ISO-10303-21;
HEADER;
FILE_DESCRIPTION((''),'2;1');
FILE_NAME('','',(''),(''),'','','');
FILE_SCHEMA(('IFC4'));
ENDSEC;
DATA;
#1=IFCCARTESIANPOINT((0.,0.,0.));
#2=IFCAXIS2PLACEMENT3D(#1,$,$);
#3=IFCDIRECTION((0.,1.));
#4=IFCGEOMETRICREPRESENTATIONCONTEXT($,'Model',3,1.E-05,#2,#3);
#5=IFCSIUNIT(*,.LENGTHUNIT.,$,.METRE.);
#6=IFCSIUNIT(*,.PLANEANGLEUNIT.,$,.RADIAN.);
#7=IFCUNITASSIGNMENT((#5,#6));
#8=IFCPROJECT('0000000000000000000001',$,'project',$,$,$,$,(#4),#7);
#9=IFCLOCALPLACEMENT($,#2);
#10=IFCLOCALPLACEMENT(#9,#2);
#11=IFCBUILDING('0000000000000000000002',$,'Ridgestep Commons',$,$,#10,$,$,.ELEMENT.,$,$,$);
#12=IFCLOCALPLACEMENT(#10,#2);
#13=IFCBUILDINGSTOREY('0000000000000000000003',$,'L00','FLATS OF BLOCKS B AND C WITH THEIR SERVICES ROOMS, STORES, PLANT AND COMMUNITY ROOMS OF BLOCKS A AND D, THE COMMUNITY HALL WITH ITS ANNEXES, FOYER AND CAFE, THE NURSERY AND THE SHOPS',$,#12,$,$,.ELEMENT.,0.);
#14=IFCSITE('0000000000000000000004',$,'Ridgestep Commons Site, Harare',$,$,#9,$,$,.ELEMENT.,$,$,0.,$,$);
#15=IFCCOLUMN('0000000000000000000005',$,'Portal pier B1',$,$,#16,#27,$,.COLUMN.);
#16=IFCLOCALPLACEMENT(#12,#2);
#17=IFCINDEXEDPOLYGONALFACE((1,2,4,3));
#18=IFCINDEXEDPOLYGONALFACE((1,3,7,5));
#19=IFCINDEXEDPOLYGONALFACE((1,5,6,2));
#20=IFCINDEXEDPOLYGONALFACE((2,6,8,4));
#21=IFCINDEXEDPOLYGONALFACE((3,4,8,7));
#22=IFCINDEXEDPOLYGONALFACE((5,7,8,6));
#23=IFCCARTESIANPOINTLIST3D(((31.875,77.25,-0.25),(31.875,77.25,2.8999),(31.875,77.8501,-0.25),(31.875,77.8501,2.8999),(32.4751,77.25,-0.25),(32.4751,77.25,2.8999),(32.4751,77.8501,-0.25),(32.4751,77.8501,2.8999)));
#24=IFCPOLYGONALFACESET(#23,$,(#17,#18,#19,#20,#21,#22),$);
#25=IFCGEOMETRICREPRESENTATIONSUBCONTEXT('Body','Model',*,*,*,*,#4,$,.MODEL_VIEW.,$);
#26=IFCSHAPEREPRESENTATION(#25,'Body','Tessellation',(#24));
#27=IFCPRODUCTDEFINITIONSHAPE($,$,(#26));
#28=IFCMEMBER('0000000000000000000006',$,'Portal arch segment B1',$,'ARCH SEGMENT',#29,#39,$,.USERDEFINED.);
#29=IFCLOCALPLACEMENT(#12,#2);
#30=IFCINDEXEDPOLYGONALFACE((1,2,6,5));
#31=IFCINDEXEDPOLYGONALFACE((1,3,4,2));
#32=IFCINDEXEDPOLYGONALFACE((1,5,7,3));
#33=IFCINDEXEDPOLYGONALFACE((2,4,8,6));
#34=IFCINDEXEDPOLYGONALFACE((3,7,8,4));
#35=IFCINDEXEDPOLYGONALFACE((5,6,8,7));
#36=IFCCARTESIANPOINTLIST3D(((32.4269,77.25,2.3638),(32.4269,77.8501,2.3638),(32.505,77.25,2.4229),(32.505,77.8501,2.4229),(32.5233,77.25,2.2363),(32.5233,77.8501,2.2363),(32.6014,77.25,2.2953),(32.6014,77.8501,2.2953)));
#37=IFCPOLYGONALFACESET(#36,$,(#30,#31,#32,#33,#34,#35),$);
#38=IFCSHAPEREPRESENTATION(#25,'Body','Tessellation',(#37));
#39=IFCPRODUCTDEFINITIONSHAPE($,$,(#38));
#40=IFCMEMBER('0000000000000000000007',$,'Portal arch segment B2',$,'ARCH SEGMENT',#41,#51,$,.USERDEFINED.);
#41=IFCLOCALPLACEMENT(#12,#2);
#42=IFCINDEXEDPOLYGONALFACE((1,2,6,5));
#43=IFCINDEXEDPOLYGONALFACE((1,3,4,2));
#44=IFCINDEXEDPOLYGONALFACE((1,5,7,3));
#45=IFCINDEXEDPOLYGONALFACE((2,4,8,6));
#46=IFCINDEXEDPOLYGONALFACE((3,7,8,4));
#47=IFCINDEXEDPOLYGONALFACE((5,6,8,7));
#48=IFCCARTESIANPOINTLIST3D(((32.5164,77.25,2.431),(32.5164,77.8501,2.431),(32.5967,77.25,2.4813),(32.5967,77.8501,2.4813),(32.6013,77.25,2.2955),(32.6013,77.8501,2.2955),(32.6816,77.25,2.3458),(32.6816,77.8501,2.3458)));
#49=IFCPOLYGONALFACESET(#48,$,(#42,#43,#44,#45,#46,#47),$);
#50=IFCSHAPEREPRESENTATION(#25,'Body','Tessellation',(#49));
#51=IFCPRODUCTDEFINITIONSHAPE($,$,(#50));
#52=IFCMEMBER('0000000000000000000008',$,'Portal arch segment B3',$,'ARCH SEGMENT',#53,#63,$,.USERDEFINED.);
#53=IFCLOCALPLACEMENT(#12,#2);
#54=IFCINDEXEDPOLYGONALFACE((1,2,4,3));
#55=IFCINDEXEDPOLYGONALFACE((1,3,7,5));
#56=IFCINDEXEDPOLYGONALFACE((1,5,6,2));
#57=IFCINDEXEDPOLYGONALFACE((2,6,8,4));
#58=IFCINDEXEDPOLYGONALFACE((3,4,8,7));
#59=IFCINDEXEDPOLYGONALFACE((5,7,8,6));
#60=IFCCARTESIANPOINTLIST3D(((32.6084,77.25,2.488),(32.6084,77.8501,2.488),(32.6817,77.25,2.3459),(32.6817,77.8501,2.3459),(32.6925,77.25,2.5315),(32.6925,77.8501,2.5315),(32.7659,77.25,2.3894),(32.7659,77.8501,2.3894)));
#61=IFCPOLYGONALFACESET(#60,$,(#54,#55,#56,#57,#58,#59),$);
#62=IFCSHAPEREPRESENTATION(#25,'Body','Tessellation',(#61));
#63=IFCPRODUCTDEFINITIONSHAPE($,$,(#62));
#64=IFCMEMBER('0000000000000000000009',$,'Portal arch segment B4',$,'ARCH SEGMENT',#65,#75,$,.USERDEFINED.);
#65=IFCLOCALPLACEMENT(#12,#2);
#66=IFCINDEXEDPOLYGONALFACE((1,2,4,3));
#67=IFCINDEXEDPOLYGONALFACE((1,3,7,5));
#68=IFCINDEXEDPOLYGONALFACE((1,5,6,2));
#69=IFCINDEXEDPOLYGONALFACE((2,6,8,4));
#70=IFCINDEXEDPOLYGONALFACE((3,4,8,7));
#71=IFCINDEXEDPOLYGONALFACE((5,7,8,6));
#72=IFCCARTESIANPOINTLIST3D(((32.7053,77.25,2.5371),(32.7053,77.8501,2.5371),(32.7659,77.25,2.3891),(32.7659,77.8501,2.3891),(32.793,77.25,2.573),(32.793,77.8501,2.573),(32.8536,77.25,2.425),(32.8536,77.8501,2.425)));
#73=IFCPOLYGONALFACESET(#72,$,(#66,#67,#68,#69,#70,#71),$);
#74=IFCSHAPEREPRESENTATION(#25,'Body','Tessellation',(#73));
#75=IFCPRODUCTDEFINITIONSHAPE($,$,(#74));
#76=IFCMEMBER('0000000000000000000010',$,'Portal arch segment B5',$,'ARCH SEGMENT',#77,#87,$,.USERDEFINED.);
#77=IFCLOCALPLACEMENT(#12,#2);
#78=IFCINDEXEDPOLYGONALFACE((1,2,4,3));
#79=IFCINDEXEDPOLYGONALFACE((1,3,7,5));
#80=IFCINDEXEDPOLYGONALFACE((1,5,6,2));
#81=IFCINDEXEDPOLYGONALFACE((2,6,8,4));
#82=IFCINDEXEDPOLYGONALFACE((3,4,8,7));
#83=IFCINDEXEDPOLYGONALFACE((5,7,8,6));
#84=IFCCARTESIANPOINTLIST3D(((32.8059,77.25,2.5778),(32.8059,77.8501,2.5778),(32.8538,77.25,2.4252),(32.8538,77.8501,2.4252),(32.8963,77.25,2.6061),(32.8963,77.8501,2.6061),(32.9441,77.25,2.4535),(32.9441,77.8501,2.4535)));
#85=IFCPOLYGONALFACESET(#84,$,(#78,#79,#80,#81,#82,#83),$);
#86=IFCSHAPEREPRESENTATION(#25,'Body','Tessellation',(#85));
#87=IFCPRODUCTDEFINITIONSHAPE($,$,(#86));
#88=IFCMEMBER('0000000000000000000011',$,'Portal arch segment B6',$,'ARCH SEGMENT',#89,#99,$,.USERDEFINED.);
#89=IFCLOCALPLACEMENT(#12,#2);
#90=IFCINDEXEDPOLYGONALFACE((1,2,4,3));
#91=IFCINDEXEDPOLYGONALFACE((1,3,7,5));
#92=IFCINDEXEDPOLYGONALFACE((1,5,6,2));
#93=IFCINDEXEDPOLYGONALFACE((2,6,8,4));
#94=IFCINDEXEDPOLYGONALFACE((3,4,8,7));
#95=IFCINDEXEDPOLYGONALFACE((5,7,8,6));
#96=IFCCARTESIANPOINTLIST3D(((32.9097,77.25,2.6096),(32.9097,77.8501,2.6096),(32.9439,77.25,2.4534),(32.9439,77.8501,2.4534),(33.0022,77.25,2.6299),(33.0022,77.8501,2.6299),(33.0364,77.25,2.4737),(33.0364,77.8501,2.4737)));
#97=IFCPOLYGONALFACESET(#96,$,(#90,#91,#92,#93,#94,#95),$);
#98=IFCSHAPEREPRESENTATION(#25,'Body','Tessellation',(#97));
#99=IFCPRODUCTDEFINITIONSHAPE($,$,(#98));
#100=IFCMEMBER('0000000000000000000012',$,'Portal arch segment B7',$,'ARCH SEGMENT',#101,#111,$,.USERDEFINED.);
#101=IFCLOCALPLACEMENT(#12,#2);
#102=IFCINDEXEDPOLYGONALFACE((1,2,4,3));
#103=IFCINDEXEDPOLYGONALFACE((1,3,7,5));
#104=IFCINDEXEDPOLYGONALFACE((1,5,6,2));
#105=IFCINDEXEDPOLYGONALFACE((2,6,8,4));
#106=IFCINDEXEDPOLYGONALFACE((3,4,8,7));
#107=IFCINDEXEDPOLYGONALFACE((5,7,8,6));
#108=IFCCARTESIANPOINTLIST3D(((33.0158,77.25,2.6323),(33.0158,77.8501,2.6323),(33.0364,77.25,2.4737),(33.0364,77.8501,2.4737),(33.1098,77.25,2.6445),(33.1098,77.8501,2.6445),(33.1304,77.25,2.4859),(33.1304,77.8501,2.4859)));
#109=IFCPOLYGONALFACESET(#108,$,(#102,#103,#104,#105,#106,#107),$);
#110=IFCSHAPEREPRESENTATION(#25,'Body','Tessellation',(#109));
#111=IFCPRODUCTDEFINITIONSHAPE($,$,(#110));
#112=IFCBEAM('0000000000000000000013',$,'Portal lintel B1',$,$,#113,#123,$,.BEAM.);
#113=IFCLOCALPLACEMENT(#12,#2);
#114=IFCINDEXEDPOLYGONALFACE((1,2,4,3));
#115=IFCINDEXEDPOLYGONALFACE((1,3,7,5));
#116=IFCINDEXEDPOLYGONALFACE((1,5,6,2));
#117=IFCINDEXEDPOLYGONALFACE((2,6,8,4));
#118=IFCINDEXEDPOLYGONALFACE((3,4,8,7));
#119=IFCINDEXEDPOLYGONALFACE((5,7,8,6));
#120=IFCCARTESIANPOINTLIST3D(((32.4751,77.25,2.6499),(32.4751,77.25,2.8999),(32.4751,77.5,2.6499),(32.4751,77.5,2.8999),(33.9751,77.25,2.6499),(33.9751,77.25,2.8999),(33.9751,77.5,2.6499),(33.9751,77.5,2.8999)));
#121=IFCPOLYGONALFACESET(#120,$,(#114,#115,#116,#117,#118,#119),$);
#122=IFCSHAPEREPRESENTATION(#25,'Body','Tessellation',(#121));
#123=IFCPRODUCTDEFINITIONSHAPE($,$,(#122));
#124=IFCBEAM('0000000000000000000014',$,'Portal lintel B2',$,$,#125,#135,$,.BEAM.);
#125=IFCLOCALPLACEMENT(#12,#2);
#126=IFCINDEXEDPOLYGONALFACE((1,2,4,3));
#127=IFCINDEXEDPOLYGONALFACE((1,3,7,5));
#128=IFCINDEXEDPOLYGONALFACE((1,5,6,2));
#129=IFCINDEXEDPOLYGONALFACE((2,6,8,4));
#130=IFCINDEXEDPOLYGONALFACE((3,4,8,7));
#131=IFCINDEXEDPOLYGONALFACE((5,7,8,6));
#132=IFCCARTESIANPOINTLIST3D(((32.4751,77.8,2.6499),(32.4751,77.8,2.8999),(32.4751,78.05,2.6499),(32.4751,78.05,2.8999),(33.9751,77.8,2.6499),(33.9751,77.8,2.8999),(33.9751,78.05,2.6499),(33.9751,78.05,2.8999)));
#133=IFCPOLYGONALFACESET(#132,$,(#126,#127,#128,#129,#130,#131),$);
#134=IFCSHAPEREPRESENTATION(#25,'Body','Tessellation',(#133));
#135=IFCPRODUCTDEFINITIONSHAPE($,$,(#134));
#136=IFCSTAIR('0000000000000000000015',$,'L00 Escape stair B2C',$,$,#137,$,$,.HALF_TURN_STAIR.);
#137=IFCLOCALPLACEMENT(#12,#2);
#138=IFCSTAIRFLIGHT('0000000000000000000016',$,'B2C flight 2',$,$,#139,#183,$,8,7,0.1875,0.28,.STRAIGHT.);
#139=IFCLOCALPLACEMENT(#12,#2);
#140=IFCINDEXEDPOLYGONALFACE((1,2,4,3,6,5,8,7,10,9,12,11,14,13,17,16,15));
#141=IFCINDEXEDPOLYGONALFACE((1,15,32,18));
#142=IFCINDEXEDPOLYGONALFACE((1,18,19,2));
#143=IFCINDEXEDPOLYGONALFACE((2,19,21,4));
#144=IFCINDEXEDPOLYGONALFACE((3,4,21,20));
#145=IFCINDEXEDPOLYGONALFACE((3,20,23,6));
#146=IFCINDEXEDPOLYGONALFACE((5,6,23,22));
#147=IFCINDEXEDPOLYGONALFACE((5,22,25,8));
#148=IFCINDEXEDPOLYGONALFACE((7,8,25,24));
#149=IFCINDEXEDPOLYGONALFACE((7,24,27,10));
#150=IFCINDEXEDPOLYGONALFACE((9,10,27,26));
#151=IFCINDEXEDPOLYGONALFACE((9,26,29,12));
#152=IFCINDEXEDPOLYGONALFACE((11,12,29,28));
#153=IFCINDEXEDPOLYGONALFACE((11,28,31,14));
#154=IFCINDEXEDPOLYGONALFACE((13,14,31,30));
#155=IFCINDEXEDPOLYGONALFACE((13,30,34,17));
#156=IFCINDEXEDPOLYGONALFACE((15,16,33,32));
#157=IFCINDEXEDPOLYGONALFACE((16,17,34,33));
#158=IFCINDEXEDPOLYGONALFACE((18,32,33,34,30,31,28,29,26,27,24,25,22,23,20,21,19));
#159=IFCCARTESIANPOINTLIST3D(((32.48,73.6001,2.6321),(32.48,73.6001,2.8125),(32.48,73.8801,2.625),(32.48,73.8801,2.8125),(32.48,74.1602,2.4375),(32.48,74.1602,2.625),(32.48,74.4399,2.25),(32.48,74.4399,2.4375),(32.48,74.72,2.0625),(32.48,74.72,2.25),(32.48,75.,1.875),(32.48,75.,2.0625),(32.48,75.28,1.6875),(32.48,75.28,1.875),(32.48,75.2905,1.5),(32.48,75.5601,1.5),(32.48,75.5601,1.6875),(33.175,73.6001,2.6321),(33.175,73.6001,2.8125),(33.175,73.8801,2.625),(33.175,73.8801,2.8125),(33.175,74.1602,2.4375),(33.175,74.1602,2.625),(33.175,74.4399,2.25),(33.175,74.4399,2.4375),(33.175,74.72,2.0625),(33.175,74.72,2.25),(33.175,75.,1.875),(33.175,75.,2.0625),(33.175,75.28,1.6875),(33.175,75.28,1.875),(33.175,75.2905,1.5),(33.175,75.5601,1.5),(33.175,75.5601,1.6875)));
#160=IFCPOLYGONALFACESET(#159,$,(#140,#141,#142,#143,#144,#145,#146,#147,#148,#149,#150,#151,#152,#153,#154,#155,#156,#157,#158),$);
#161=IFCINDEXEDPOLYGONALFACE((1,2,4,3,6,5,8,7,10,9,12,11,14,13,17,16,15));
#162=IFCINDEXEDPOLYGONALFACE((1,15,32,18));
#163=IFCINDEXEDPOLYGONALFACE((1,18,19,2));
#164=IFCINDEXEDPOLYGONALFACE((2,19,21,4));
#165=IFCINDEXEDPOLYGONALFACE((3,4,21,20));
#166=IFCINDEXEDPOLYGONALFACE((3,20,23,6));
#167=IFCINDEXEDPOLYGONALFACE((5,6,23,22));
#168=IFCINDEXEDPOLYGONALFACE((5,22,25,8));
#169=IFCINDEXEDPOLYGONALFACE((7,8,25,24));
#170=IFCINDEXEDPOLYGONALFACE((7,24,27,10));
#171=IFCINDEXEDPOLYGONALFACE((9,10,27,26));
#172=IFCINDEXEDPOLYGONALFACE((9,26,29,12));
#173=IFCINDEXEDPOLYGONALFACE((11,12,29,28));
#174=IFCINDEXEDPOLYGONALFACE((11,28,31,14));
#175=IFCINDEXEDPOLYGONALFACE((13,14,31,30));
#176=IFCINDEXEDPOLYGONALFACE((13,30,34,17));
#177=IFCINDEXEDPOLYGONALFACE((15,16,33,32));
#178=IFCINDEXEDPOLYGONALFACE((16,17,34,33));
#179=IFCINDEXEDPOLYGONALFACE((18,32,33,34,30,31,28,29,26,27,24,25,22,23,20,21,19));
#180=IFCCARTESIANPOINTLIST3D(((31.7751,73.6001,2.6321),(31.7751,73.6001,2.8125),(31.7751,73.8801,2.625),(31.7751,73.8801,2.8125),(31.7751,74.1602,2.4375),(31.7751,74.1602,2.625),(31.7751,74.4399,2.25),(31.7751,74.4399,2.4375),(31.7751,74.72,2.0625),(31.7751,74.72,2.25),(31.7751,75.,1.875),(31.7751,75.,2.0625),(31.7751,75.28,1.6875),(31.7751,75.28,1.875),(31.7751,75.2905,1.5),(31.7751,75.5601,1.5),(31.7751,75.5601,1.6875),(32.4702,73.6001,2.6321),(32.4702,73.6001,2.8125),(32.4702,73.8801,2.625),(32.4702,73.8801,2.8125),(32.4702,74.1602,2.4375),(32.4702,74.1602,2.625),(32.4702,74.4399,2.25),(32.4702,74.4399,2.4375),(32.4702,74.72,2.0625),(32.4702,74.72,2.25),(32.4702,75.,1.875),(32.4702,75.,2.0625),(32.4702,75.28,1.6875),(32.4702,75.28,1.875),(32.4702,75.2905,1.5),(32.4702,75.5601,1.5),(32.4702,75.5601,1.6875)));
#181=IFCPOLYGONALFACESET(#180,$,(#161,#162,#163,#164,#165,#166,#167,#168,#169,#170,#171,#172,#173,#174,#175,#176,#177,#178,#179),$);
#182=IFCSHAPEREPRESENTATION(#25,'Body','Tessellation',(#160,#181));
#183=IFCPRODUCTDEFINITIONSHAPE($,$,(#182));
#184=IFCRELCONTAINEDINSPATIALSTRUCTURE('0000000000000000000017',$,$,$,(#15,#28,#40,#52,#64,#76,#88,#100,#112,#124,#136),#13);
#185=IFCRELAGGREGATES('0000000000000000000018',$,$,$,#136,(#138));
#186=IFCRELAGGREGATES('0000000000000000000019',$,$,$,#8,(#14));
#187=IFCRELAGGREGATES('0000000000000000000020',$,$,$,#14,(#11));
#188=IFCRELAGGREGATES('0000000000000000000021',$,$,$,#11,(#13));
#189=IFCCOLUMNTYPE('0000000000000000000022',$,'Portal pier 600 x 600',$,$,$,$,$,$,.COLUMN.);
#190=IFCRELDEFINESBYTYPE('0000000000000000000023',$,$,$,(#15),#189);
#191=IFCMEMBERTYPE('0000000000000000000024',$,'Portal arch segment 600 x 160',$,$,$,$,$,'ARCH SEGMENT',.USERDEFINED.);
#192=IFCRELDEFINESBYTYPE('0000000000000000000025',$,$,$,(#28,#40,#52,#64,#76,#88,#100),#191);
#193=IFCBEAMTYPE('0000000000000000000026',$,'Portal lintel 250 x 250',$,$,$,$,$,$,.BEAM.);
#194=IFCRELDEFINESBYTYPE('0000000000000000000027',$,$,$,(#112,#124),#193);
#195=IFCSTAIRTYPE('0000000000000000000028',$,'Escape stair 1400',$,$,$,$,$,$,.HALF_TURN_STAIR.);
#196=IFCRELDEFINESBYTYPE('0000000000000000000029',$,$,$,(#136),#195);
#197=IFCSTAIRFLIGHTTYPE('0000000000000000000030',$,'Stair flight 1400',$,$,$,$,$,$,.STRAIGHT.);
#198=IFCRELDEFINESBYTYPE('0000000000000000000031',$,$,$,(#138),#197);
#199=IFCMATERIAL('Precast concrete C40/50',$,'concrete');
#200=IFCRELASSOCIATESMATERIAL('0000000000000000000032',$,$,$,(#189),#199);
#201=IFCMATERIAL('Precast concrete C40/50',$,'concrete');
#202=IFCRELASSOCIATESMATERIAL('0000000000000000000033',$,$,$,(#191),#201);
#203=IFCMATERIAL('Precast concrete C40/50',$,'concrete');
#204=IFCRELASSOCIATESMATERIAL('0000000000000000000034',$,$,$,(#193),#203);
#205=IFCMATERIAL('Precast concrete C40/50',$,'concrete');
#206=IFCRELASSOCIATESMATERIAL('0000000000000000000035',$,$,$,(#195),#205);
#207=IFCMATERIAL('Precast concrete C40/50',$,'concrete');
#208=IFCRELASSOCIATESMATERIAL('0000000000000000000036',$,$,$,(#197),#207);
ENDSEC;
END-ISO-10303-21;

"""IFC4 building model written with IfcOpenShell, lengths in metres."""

from ifc_helpers import new_model, si_unit, direction, frame, origin, origin_2d, place, context, subcontext, project, spatial, polyline, rectangle, outline, extrude, material, material_profile, profile_set, type_object, element, aggregate, save


model = new_model("IFC4")

# Units and contexts
model_context = context("Model", 3, precision=1e-05, world=origin(), true_north=direction((0.0, 1.0)))
body_context = subcontext(model_context, "Body", "Model", "MODEL_VIEW")
ifc_project = project(units=[si_unit("LENGTHUNIT", "METRE"), si_unit("PLANEANGLEUNIT", "RADIAN")], contexts=[model_context])

# Site, building, storey
site_placement = place(None, origin())
site = spatial("IfcSite", under=ifc_project, at=site_placement, Name="Ridgestep Commons Site, Harare", CompositionType="ELEMENT", RefElevation=0.0)
building_placement = place(site_placement, origin())
building = spatial("IfcBuilding", under=site, at=building_placement, Name="Ridgestep Commons", CompositionType="ELEMENT")
storey_placement = place(building_placement, origin())
storey = spatial("IfcBuildingStorey", under=building, at=storey_placement, Name="L00", Description="FLATS OF BLOCKS B AND C WITH THEIR SERVICES ROOMS, STORES, PLANT AND COMMUNITY ROOMS OF BLOCKS A AND D, THE COMMUNITY HALL WITH ITS ANNEXES, FOYER AND CAFE, THE NURSERY AND THE SHOPS", CompositionType="ELEMENT", Elevation=0.0)

# Column
ifc_material_1 = material(Name="Precast concrete C40/50", Category="concrete")
ifc_material_profile_1 = material_profile(ifc_material_1, rectangle(XDim=0.6001, YDim=0.6001, at=origin_2d()), Name="PC 600x600")
ifc_profile_set_1 = profile_set([ifc_material_profile_1], Name="Precast concrete C40/50")
column_type = type_object("IfcColumnType", Name="Portal pier 600 x 600", PredefinedType="COLUMN", material=ifc_profile_set_1)
column_placement = place(storey_placement, frame((32.175, 77.55, -0.25), z_axis=(0.0, 0.0, 1.0), x_axis=(1.0, 0.0, 0.0)))
element("IfcColumn", 1, at=column_placement, inside=storey, type_object=column_type, Name="Portal pier B1", PredefinedType="COLUMN", context=body_context, shape_type="SweptSolid", body=[
    extrude(rectangle(XDim=0.6001, YDim=0.6001, at=origin_2d()), origin(), (0.0, 0.0, 1.0), 3.1499),
])

# Members
ifc_material_2 = material(Name="Precast concrete C40/50", Category="concrete")
ifc_material_profile_2 = material_profile(ifc_material_2, rectangle(XDim=0.6001, YDim=0.1599, at=origin_2d()), Name="Portal arch segment 600 x 160")
ifc_profile_set_2 = profile_set([ifc_material_profile_2], Name="Precast concrete C40/50")
member_type = type_object("IfcMemberType", Name="Portal arch segment 600 x 160", ElementType="ARCH SEGMENT", PredefinedType="USERDEFINED", material=ifc_profile_set_2)
member_placement = place(storey_placement, frame((32.4751, 77.55, 2.3), z_axis=(0.797601, 0.0, 0.603186), x_axis=(0.0, 1.0, 0.0)))
element("IfcMember", 2, at=member_placement, inside=storey, type_object=member_type, Name="Portal arch segment B1", ObjectType="ARCH SEGMENT", PredefinedType="USERDEFINED", context=body_context, shape_type="SweptSolid", body=[
    extrude(rectangle(XDim=0.6001, YDim=0.1599, at=origin_2d()), origin(), (0.0, 0.0, 1.0), 0.0979),
])
for number, where, z_axis, x_axis, name in (
    (3, (32.5588, 77.55, 2.3633), (0.847564, 0.0, 0.530693), (0.0, 1.0, 0.0), "Portal arch segment B2"),
    (4, (32.645, 77.55, 2.417), (0.888688, 0.0, 0.458512), (0.0, 1.0, 0.0), "Portal arch segment B3"),
    (5, (32.7356, 77.55, 2.4631), (0.925424, 0.0, 0.378934), (0.0, 1.0, 0.0), "Portal arch segment B4"),
    (6, (32.8298, 77.55, 2.5015), (0.954204, 0.0, 0.299156), (0.0, 1.0, 0.0), "Portal arch segment B5"),
    (7, (32.9268, 77.55, 2.5315), (0.97685, 0.0, 0.213927), (0.0, 1.0, 0.0), "Portal arch segment B6"),
    (8, (33.0261, 77.55, 2.553), (0.991672, 0.0, 0.128789), (0.0, 1.0, 0.0), "Portal arch segment B7"),
):
    element("IfcMember", number, at=place(storey_placement, frame(where, z_axis=z_axis, x_axis=x_axis)), inside=storey, type_object=member_type, Name=name, ObjectType="ARCH SEGMENT", PredefinedType="USERDEFINED", context=body_context, shape_type="SweptSolid", body=[
        extrude(rectangle(XDim=0.6001, YDim=0.1599, at=origin_2d()), origin(), (0.0, 0.0, 1.0), 0.0947),
    ])

# Beams
ifc_material_3 = material(Name="Precast concrete C40/50", Category="concrete")
ifc_material_profile_3 = material_profile(ifc_material_3, rectangle(XDim=0.25, YDim=0.25, at=origin_2d()), Name="Portal lintel 250 x 250")
ifc_profile_set_3 = profile_set([ifc_material_profile_3], Name="Precast concrete C40/50")
beam_type = type_object("IfcBeamType", Name="Portal lintel 250 x 250", PredefinedType="BEAM", material=ifc_profile_set_3)
for number, where, z_axis, x_axis, name in (
    (9, (32.4751, 77.375, 2.7749), (1.0, 0.0, 0.0), (0.0, 1.0, 0.0), "Portal lintel B1"),
    (10, (32.4751, 77.925, 2.7749), (1.0, 0.0, 0.0), (0.0, 1.0, 0.0), "Portal lintel B2"),
):
    element("IfcBeam", number, at=place(storey_placement, frame(where, z_axis=z_axis, x_axis=x_axis)), inside=storey, type_object=beam_type, Name=name, PredefinedType="BEAM", context=body_context, shape_type="SweptSolid", body=[
        extrude(rectangle(XDim=0.25, YDim=0.25, at=origin_2d()), origin(), (0.0, 0.0, 1.0), 1.5),
    ])

# Stair, stair flight
ifc_material_4 = material(Name="Precast concrete C40/50", Category="concrete")
stair_type = type_object("IfcStairType", Name="Escape stair 1400", PredefinedType="HALF_TURN_STAIR", material=ifc_material_4)
stair_placement = place(storey_placement, origin())
stair = element("IfcStair", 11, at=stair_placement, inside=storey, type_object=stair_type, Name="L00 Escape stair B2C", PredefinedType="HALF_TURN_STAIR")
ifc_material_5 = material(Name="Precast concrete C40/50", Category="concrete")
stair_flight_type = type_object("IfcStairFlightType", Name="Stair flight 1400", PredefinedType="STRAIGHT", material=ifc_material_5)
stair_flight_placement = place(storey_placement, frame((32.4751, 75.5601, 1.5), z_axis=(0.0, 0.0, 1.0), x_axis=(0.0, -1.0, 0.0)))
stair_flight = element("IfcStairFlight", 12, at=stair_flight_placement, type_object=stair_flight_type, Name="B2C flight 2", NumberOfRisers=8, NumberOfTreads=7, PredefinedType="STRAIGHT", RiserHeight=0.1875, TreadLength=0.28, context=body_context, shape_type="SweptSolid", body=[
    extrude(outline(polyline([(0.0, 0.0), (0.0, 0.1875), (0.28, 0.1875), (0.28, 0.375), (0.5601, 0.375), (0.5601, 0.5625), (0.8401, 0.5625), (0.8401, 0.75), (1.1201, 0.75), (1.1201, 0.9375), (1.3999, 0.9375), (1.3999, 1.125), (1.6799, 1.125), (1.6799, 1.3125), (1.96, 1.3125), (1.96, 1.5), (1.96, 1.1321), (0.2695, 0.0), (0.0, 0.0)])), frame((0.0, 0.7, 0.0), z_axis=(0.0, -1.0, 0.0), x_axis=(1.0, 0.0, 0.0)), (0.0, 0.0, 1.0), 0.6951),
    extrude(outline(polyline([(0.0, 0.0), (0.0, 0.1875), (0.28, 0.1875), (0.28, 0.375), (0.5601, 0.375), (0.5601, 0.5625), (0.8401, 0.5625), (0.8401, 0.75), (1.1201, 0.75), (1.1201, 0.9375), (1.3999, 0.9375), (1.3999, 1.125), (1.6799, 1.125), (1.6799, 1.3125), (1.96, 1.3125), (1.96, 1.5), (1.96, 1.1321), (0.2695, 0.0), (0.0, 0.0)])), frame((0.0, -0.0049, 0.0), z_axis=(0.0, -1.0, 0.0), x_axis=(1.0, 0.0, 0.0)), (0.0, 0.0, 1.0), 0.6951),
])
aggregate(stair, [stair_flight])

save(model, "model.ifc")
